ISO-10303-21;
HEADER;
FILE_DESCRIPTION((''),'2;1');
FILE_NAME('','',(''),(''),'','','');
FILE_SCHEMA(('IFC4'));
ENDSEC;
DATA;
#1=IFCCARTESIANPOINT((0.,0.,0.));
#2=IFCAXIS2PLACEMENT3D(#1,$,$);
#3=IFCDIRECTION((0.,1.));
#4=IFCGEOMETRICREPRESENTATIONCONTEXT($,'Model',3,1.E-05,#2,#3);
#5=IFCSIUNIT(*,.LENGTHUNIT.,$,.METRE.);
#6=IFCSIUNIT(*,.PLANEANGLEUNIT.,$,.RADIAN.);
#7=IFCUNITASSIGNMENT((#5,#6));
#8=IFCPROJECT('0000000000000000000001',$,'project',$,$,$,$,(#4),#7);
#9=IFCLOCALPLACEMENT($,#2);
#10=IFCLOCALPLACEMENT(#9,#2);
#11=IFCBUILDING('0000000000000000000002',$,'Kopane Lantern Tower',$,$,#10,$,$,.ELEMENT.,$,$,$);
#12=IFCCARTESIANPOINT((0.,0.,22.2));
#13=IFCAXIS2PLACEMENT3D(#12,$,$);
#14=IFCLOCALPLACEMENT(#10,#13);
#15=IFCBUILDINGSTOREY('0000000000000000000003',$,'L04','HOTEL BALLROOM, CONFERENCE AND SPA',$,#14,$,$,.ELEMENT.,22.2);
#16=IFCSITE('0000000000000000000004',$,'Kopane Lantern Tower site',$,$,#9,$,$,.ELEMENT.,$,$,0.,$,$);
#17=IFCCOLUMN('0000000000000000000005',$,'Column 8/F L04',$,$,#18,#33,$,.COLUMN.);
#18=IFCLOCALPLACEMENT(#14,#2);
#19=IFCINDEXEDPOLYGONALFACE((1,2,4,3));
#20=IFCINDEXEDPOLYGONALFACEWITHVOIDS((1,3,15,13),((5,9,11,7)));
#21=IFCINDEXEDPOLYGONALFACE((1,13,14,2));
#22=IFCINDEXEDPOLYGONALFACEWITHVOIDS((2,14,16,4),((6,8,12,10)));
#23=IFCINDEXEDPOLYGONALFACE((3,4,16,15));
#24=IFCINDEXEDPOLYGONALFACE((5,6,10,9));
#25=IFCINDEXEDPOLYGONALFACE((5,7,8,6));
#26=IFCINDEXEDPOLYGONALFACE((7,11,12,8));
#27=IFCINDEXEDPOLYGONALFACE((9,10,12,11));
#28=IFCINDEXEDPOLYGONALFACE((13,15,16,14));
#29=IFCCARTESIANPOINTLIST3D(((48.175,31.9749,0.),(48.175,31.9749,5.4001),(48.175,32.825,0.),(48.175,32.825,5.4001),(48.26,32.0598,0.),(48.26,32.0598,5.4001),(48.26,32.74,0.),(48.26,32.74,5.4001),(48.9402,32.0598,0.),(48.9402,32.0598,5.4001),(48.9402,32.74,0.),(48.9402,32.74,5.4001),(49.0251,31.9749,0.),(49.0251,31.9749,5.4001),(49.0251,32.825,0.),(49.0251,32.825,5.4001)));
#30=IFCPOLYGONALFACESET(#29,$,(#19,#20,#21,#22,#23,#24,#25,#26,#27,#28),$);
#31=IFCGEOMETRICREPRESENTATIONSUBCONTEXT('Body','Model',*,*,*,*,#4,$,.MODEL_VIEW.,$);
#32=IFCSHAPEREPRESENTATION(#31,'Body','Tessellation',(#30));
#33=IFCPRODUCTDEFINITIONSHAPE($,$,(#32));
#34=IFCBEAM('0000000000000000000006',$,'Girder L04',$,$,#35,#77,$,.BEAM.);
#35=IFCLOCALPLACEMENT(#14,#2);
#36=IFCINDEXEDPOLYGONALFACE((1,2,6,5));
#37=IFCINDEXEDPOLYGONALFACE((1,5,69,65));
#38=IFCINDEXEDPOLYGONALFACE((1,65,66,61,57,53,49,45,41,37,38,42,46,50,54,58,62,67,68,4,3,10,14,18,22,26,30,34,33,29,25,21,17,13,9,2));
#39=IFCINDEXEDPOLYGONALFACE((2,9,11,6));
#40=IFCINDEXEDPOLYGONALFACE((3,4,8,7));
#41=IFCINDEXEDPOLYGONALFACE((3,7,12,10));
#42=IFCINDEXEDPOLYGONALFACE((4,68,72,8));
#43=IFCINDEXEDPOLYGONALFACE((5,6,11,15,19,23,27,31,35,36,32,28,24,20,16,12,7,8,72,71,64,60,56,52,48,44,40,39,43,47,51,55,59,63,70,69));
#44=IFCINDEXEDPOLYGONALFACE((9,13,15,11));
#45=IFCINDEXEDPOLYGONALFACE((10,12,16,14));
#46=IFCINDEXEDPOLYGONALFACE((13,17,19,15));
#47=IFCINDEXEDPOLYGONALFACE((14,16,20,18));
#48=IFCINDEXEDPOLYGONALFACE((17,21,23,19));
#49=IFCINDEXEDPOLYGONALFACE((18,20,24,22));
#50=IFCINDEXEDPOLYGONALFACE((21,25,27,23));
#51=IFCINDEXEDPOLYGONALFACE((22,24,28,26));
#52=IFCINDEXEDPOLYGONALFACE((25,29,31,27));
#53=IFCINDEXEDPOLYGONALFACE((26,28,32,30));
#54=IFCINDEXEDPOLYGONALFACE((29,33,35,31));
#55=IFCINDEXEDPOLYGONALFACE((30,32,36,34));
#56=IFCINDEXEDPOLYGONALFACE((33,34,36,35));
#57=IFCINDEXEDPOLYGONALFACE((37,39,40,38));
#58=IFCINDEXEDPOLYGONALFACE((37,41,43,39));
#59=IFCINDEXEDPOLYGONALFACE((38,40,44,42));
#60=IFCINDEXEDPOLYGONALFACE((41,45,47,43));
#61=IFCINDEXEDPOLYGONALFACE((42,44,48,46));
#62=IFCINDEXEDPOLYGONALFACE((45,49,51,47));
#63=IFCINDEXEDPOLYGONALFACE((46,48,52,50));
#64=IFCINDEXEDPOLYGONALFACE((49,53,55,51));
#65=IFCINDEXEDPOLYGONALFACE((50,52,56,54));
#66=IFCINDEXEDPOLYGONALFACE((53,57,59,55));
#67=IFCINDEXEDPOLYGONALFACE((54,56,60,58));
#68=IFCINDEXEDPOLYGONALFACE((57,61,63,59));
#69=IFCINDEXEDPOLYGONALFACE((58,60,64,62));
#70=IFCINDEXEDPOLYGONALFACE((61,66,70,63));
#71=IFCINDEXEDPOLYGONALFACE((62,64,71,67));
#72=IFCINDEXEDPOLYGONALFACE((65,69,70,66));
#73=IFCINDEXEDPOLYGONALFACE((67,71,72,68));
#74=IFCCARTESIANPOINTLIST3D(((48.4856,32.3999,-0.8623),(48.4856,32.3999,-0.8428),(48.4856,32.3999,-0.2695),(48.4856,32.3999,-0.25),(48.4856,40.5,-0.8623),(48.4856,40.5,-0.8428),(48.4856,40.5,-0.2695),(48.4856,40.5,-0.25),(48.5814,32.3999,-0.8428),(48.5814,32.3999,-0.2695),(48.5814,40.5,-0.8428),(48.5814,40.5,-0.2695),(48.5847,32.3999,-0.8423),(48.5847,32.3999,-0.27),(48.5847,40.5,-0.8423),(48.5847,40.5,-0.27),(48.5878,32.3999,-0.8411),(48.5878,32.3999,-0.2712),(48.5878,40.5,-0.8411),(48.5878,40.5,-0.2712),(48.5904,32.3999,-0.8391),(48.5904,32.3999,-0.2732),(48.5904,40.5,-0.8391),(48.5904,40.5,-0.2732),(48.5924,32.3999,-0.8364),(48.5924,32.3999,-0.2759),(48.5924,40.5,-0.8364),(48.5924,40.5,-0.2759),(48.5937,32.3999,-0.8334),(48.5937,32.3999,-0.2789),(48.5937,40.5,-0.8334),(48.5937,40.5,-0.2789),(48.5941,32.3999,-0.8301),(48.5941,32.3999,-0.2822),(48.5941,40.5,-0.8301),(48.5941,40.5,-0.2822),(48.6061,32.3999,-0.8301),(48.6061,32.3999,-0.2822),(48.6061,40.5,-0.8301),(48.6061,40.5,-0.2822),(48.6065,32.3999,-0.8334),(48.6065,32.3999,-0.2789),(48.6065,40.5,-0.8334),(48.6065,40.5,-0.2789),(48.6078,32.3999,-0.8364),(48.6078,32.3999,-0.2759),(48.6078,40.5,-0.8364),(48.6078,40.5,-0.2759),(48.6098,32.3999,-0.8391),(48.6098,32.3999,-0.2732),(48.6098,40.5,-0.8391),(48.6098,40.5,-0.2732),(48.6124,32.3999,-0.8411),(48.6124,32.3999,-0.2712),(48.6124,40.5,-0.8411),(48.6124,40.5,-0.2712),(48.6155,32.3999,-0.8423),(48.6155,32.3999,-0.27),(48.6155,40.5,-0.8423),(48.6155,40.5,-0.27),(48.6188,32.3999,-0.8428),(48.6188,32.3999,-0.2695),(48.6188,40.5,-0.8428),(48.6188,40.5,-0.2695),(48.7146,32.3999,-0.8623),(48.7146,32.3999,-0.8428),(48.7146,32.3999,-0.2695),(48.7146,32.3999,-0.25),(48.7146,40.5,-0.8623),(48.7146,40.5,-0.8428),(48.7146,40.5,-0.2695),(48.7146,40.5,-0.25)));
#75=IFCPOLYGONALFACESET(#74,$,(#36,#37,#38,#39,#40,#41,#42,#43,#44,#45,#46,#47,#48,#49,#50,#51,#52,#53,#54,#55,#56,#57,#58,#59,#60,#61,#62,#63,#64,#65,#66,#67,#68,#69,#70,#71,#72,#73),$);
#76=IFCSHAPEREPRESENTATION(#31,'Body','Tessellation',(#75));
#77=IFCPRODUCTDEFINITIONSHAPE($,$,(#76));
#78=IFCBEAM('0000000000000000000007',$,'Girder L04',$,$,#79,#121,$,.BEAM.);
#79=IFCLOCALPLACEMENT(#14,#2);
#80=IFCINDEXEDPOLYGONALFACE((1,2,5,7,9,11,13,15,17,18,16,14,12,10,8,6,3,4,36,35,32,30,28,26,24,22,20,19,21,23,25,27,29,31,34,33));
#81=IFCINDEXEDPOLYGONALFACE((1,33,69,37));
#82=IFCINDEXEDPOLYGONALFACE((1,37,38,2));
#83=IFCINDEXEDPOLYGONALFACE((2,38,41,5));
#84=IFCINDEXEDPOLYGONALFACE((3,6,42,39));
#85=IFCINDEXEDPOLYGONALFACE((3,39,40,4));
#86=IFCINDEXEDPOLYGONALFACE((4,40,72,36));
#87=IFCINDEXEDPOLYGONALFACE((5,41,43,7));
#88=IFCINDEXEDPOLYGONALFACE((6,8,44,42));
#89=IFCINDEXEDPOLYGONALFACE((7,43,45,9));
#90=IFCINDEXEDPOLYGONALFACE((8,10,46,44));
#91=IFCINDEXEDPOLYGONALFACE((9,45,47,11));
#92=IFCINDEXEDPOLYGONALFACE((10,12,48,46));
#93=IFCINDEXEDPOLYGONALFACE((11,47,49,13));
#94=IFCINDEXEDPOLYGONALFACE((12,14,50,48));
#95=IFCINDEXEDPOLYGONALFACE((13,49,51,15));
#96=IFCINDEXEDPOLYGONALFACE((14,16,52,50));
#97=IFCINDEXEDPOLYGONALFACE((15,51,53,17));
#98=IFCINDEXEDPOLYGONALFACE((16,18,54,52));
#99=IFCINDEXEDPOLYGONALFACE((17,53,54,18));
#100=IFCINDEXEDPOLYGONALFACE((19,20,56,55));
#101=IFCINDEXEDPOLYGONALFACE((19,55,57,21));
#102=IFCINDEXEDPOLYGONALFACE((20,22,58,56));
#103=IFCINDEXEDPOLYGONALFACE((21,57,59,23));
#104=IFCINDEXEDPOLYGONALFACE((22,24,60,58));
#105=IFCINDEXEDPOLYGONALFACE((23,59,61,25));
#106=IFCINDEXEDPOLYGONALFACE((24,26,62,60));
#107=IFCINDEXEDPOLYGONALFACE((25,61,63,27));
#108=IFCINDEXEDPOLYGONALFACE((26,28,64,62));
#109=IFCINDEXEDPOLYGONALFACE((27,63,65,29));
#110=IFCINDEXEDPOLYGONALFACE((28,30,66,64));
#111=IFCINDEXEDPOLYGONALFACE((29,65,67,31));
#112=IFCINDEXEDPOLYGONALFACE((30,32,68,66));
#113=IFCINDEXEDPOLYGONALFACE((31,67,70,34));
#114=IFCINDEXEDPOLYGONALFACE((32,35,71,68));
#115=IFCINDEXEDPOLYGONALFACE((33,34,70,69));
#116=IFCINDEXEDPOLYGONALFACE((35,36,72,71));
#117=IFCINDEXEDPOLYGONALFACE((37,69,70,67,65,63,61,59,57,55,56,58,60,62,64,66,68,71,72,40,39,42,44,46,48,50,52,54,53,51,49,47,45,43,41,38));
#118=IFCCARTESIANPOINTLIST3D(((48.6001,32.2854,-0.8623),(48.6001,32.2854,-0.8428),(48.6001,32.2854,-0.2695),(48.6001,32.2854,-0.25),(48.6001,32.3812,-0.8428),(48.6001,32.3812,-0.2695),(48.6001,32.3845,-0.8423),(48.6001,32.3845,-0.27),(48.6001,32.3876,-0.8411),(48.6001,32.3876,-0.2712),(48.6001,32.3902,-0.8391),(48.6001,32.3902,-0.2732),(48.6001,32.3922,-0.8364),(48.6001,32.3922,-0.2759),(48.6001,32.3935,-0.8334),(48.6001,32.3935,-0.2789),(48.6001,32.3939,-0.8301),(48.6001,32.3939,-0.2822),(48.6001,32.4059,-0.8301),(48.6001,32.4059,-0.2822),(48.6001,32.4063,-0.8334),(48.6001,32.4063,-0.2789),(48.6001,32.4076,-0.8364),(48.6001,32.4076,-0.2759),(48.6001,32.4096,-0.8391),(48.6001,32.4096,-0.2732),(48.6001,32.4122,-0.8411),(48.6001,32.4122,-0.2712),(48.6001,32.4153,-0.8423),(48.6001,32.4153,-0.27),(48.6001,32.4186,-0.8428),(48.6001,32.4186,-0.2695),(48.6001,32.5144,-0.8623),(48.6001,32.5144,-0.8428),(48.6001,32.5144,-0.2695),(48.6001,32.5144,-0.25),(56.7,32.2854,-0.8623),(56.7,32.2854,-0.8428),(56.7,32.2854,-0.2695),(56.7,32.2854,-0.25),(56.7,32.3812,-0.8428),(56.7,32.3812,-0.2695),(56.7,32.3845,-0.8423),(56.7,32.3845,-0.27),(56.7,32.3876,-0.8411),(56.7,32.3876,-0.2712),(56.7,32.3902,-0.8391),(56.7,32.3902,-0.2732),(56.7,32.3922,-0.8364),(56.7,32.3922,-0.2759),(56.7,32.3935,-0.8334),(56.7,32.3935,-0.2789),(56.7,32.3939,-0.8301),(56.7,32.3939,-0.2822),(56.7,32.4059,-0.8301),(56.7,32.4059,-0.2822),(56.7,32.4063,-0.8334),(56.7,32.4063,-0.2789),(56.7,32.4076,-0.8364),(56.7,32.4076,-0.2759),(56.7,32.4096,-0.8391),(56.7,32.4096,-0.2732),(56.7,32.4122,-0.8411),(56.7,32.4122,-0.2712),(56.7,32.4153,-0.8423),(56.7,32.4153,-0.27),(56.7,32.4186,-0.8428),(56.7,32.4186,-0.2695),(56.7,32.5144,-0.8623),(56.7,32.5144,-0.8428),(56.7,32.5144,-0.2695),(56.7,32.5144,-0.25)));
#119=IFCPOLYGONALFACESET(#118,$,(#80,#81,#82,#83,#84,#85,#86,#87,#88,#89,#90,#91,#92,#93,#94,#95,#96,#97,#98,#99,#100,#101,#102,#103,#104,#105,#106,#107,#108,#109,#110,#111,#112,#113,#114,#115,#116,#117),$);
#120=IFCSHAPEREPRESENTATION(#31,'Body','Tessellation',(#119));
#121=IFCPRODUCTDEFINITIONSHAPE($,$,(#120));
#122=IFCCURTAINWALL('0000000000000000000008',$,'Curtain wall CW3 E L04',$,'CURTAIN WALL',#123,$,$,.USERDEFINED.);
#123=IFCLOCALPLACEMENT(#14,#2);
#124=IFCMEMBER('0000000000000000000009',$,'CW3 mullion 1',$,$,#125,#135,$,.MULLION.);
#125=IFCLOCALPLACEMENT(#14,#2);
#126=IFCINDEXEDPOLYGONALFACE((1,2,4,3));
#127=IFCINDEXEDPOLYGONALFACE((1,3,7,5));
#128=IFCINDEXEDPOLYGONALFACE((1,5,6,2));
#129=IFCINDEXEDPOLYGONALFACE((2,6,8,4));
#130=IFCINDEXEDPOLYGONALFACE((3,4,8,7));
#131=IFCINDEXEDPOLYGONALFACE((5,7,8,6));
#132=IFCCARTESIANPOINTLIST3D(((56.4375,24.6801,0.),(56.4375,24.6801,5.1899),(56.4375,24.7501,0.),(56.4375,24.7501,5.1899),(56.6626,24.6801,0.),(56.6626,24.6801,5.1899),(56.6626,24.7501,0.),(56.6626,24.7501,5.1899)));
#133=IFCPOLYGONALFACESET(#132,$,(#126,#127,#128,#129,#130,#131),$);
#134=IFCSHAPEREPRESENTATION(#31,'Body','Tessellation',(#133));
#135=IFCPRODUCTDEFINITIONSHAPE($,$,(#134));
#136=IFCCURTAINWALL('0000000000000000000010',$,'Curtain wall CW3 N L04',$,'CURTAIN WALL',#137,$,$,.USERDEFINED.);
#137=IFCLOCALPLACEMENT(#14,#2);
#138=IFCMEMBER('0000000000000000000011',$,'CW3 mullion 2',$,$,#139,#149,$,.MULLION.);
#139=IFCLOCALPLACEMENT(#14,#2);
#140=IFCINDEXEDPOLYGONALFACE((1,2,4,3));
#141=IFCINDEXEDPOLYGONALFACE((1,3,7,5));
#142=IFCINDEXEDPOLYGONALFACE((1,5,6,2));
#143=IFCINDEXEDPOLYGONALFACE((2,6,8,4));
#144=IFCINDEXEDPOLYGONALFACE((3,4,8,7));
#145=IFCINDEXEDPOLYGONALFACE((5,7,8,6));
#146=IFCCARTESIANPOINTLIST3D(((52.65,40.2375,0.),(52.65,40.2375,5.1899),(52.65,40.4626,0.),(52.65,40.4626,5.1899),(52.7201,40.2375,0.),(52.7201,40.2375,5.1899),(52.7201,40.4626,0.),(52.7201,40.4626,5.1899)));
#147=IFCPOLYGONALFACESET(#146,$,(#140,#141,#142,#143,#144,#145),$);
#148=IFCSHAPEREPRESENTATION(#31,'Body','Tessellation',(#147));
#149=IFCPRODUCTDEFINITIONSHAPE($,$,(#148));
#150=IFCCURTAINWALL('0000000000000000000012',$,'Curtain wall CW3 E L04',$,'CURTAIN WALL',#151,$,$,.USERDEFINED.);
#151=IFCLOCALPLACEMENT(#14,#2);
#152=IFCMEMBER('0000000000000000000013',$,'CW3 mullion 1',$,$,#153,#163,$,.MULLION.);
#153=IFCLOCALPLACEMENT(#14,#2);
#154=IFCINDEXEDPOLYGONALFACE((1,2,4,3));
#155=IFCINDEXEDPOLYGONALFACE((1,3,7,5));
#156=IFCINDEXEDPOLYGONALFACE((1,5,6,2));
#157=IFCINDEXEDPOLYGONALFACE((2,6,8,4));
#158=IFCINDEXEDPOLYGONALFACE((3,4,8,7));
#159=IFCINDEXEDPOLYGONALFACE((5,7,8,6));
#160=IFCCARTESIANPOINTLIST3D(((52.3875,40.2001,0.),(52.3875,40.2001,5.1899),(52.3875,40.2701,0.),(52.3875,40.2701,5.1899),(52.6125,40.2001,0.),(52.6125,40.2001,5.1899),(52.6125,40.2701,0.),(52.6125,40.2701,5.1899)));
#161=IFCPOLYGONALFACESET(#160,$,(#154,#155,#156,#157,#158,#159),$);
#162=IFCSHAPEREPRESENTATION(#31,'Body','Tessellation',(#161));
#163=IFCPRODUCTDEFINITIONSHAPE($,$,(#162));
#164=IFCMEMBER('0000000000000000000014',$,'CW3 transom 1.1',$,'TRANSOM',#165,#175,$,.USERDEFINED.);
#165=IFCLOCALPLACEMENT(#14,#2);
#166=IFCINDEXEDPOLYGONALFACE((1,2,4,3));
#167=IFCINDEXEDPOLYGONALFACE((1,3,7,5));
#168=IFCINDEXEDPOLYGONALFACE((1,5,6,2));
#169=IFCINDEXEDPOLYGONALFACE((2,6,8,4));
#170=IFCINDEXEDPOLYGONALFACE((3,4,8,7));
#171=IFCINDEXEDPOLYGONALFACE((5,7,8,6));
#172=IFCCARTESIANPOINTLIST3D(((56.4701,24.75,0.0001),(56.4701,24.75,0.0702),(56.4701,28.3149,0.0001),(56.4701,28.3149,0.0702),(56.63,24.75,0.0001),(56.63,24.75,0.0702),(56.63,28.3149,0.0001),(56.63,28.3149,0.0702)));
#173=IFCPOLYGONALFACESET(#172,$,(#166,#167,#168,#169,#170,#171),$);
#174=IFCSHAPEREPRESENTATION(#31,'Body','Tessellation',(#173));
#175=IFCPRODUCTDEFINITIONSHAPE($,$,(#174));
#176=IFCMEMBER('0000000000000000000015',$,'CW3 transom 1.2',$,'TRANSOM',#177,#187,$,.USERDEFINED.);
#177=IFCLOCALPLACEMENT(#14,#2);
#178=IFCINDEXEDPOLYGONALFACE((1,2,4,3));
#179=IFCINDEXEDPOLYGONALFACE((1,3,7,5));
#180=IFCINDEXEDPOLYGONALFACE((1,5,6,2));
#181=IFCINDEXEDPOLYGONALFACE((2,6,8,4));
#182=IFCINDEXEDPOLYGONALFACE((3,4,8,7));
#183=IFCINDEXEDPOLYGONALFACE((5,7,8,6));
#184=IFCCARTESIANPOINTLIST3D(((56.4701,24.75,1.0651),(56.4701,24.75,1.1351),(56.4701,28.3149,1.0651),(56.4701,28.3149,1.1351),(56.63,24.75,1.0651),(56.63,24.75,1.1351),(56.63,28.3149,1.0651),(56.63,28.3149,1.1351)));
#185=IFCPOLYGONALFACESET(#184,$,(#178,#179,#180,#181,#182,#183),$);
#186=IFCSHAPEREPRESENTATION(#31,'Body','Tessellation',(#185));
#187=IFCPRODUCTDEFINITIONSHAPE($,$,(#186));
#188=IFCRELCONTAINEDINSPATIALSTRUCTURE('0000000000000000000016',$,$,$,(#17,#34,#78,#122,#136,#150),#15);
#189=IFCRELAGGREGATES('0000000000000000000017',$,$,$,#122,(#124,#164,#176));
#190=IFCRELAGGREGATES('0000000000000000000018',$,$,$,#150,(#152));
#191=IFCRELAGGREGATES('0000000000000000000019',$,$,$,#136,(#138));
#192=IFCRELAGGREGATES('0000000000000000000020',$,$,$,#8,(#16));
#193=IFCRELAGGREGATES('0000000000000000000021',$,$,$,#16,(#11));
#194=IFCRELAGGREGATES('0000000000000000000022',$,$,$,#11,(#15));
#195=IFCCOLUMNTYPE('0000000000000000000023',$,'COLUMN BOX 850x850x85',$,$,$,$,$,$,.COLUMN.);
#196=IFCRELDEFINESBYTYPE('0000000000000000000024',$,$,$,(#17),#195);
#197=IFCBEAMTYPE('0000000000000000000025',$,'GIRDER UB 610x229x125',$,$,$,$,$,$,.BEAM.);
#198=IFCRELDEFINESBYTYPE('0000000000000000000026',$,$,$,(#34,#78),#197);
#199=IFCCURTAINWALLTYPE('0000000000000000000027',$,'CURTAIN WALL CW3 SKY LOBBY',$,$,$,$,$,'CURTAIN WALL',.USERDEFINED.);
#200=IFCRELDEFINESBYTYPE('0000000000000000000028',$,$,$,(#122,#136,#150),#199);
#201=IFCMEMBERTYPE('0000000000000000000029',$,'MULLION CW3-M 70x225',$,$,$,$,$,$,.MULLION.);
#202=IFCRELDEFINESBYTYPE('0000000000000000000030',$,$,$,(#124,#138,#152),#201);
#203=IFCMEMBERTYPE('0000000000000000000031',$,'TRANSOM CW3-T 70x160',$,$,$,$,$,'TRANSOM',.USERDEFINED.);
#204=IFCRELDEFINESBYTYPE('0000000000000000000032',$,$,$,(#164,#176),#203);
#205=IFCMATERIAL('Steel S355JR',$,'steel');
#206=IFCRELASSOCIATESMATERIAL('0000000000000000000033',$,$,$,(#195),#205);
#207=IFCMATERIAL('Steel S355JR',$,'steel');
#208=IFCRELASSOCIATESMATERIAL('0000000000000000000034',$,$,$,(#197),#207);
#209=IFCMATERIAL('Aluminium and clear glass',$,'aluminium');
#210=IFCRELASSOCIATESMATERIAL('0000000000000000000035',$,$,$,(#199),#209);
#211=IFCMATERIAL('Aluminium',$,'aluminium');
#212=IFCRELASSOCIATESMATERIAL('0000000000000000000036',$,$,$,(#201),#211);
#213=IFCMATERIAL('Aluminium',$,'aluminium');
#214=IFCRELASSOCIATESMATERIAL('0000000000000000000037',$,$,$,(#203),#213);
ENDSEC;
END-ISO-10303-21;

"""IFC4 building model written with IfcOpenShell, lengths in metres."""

from ifc_helpers import new_model, si_unit, direction, frame, origin, origin_2d, place, context, subcontext, project, spatial, rectangle, hollow_rectangle, i_section, extrude, material, material_profile, profile_set, type_object, element, aggregate, save


model = new_model("IFC4")

# Units and contexts
model_context = context("Model", 3, precision=1e-05, world=origin(), true_north=direction((0.0, 1.0)))
body_context = subcontext(model_context, "Body", "Model", "MODEL_VIEW")
ifc_project = project(units=[si_unit("LENGTHUNIT", "METRE"), si_unit("PLANEANGLEUNIT", "RADIAN")], contexts=[model_context])

# Site, building, storey
site_placement = place(None, origin())
site = spatial("IfcSite", under=ifc_project, at=site_placement, Name="Kopane Lantern Tower site", CompositionType="ELEMENT", RefElevation=0.0)
building_placement = place(site_placement, origin())
building = spatial("IfcBuilding", under=site, at=building_placement, Name="Kopane Lantern Tower", CompositionType="ELEMENT")
storey_placement = place(building_placement, frame((0.0, 0.0, 22.2)))
storey = spatial("IfcBuildingStorey", under=building, at=storey_placement, Name="L04", Description="HOTEL BALLROOM, CONFERENCE AND SPA", CompositionType="ELEMENT", Elevation=22.2)

# Column
ifc_material_1 = material(Name="Steel S355JR", Category="steel")
ifc_material_profile_1 = material_profile(ifc_material_1, hollow_rectangle(XDim=0.8501, YDim=0.8501, WallThickness=0.085, at=origin_2d()), Name="BOX 850x850x85")
ifc_profile_set_1 = profile_set([ifc_material_profile_1], Name="Steel S355JR")
column_type = type_object("IfcColumnType", Name="COLUMN BOX 850x850x85", PredefinedType="COLUMN", material=ifc_profile_set_1)
column_placement = place(storey_placement, frame((48.6001, 32.3999, 0.0), z_axis=(0.0, 0.0, 1.0), x_axis=(1.0, 0.0, 0.0)))
element("IfcColumn", 1, at=column_placement, inside=storey, type_object=column_type, Name="Column 8/F L04", PredefinedType="COLUMN", context=body_context, shape_type="SweptSolid", body=[
    extrude(hollow_rectangle(XDim=0.8501, YDim=0.8501, WallThickness=0.085, at=origin_2d()), origin(), (0.0, 0.0, 1.0), 5.4001),
])

# Beams
ifc_material_2 = material(Name="Steel S355JR", Category="steel")
ifc_material_profile_2 = material_profile(ifc_material_2, i_section(OverallWidth=0.229, OverallDepth=0.6123, WebThickness=0.012, FlangeThickness=0.0195, FilletRadius=0.0127, at=origin_2d()), Name="UB 610x229x125")
ifc_profile_set_2 = profile_set([ifc_material_profile_2], Name="Steel S355JR")
beam_type = type_object("IfcBeamType", Name="GIRDER UB 610x229x125", PredefinedType="BEAM", material=ifc_profile_set_2)
beam_1_placement = place(storey_placement, frame((48.6001, 32.3999, -0.5562), z_axis=(0.0, 1.0, 0.0), x_axis=(-1.0, 0.0, 0.0)))
element("IfcBeam", 2, at=beam_1_placement, inside=storey, type_object=beam_type, Name="Girder L04", PredefinedType="BEAM", context=body_context, shape_type="SweptSolid", body=[
    extrude(i_section(OverallWidth=0.229, OverallDepth=0.6123, WebThickness=0.012, FlangeThickness=0.0195, FilletRadius=0.0127, at=origin_2d()), origin(), (0.0, 0.0, 1.0), 8.1001),
])
beam_2_placement = place(storey_placement, frame((48.6001, 32.3999, -0.5562), z_axis=(1.0, 0.0, 0.0), x_axis=(0.0, 1.0, 0.0)))
element("IfcBeam", 3, at=beam_2_placement, inside=storey, type_object=beam_type, Name="Girder L04", PredefinedType="BEAM", context=body_context, shape_type="SweptSolid", body=[
    extrude(i_section(OverallWidth=0.229, OverallDepth=0.6123, WebThickness=0.012, FlangeThickness=0.0195, FilletRadius=0.0127, at=origin_2d()), origin(), (0.0, 0.0, 1.0), 8.0999),
])

# Curtain walls, members
ifc_material_3 = material(Name="Aluminium and clear glass", Category="aluminium")
curtain_wall_type = type_object("IfcCurtainWallType", Name="CURTAIN WALL CW3 SKY LOBBY", ElementType="CURTAIN WALL", PredefinedType="USERDEFINED", material=ifc_material_3)
curtain_wall_1_placement = place(storey_placement, origin())
curtain_wall_1 = element("IfcCurtainWall", 4, at=curtain_wall_1_placement, inside=storey, type_object=curtain_wall_type, Name="Curtain wall CW3 E L04", ObjectType="CURTAIN WALL", PredefinedType="USERDEFINED")
ifc_material_4 = material(Name="Aluminium", Category="aluminium")
ifc_material_profile_3 = material_profile(ifc_material_4, rectangle(XDim=0.0701, YDim=0.2251, at=origin_2d()), Name="AL 70x225")
ifc_profile_set_3 = profile_set([ifc_material_profile_3], Name="Aluminium")
member_type_1 = type_object("IfcMemberType", Name="MULLION CW3-M 70x225", PredefinedType="MULLION", material=ifc_profile_set_3)
member_1_placement = place(storey_placement, frame((56.55, 24.7151, 0.0), z_axis=(0.0, 0.0, 1.0), x_axis=(0.0, 1.0, 0.0)))
member_1 = element("IfcMember", 5, at=member_1_placement, type_object=member_type_1, Name="CW3 mullion 1", PredefinedType="MULLION", context=body_context, shape_type="SweptSolid", body=[
    extrude(rectangle(XDim=0.0701, YDim=0.2251, at=origin_2d()), origin(), (0.0, 0.0, 1.0), 5.1899),
])
curtain_wall_2_placement = place(storey_placement, origin())
curtain_wall_2 = element("IfcCurtainWall", 6, at=curtain_wall_2_placement, inside=storey, type_object=curtain_wall_type, Name="Curtain wall CW3 N L04", ObjectType="CURTAIN WALL", PredefinedType="USERDEFINED")
member_2_placement = place(storey_placement, frame((52.6851, 40.3501, 0.0), z_axis=(0.0, 0.0, 1.0), x_axis=(-1.0, 0.0, 0.0)))
member_2 = element("IfcMember", 7, at=member_2_placement, type_object=member_type_1, Name="CW3 mullion 2", PredefinedType="MULLION", context=body_context, shape_type="SweptSolid", body=[
    extrude(rectangle(XDim=0.0701, YDim=0.2251, at=origin_2d()), origin(), (0.0, 0.0, 1.0), 5.1899),
])
curtain_wall_3_placement = place(storey_placement, origin())
curtain_wall_3 = element("IfcCurtainWall", 8, at=curtain_wall_3_placement, inside=storey, type_object=curtain_wall_type, Name="Curtain wall CW3 E L04", ObjectType="CURTAIN WALL", PredefinedType="USERDEFINED")
member_3_placement = place(storey_placement, frame((52.5, 40.2351, 0.0), z_axis=(0.0, 0.0, 1.0), x_axis=(0.0, 1.0, 0.0)))
member_3 = element("IfcMember", 9, at=member_3_placement, type_object=member_type_1, Name="CW3 mullion 1", PredefinedType="MULLION", context=body_context, shape_type="SweptSolid", body=[
    extrude(rectangle(XDim=0.0701, YDim=0.2251, at=origin_2d()), origin(), (0.0, 0.0, 1.0), 5.1899),
])

# Members
ifc_material_5 = material(Name="Aluminium", Category="aluminium")
ifc_material_profile_4 = material_profile(ifc_material_5, rectangle(XDim=0.1599, YDim=0.0701, at=origin_2d()), Name="AL 160x70")
ifc_profile_set_4 = profile_set([ifc_material_profile_4], Name="Aluminium")
member_type_2 = type_object("IfcMemberType", Name="TRANSOM CW3-T 70x160", ElementType="TRANSOM", PredefinedType="USERDEFINED", material=ifc_profile_set_4)
member_4_placement = place(storey_placement, frame((56.55, 24.75, 0.0352), z_axis=(0.0, 1.0, 0.0), x_axis=(-1.0, 0.0, 0.0)))
member_4 = element("IfcMember", 10, at=member_4_placement, type_object=member_type_2, Name="CW3 transom 1.1", ObjectType="TRANSOM", PredefinedType="USERDEFINED", context=body_context, shape_type="SweptSolid", body=[
    extrude(rectangle(XDim=0.1599, YDim=0.0701, at=origin_2d()), origin(), (0.0, 0.0, 1.0), 3.5649),
])
member_5_placement = place(storey_placement, frame((56.55, 24.75, 1.1001), z_axis=(0.0, 1.0, 0.0), x_axis=(-1.0, 0.0, 0.0)))
member_5 = element("IfcMember", 11, at=member_5_placement, type_object=member_type_2, Name="CW3 transom 1.2", ObjectType="TRANSOM", PredefinedType="USERDEFINED", context=body_context, shape_type="SweptSolid", body=[
    extrude(rectangle(XDim=0.1599, YDim=0.0701, at=origin_2d()), origin(), (0.0, 0.0, 1.0), 3.5649),
])
aggregate(curtain_wall_1, [member_1, member_4, member_5])
aggregate(curtain_wall_3, [member_3])

aggregate(curtain_wall_2, [member_2])

save(model, "model.ifc")
